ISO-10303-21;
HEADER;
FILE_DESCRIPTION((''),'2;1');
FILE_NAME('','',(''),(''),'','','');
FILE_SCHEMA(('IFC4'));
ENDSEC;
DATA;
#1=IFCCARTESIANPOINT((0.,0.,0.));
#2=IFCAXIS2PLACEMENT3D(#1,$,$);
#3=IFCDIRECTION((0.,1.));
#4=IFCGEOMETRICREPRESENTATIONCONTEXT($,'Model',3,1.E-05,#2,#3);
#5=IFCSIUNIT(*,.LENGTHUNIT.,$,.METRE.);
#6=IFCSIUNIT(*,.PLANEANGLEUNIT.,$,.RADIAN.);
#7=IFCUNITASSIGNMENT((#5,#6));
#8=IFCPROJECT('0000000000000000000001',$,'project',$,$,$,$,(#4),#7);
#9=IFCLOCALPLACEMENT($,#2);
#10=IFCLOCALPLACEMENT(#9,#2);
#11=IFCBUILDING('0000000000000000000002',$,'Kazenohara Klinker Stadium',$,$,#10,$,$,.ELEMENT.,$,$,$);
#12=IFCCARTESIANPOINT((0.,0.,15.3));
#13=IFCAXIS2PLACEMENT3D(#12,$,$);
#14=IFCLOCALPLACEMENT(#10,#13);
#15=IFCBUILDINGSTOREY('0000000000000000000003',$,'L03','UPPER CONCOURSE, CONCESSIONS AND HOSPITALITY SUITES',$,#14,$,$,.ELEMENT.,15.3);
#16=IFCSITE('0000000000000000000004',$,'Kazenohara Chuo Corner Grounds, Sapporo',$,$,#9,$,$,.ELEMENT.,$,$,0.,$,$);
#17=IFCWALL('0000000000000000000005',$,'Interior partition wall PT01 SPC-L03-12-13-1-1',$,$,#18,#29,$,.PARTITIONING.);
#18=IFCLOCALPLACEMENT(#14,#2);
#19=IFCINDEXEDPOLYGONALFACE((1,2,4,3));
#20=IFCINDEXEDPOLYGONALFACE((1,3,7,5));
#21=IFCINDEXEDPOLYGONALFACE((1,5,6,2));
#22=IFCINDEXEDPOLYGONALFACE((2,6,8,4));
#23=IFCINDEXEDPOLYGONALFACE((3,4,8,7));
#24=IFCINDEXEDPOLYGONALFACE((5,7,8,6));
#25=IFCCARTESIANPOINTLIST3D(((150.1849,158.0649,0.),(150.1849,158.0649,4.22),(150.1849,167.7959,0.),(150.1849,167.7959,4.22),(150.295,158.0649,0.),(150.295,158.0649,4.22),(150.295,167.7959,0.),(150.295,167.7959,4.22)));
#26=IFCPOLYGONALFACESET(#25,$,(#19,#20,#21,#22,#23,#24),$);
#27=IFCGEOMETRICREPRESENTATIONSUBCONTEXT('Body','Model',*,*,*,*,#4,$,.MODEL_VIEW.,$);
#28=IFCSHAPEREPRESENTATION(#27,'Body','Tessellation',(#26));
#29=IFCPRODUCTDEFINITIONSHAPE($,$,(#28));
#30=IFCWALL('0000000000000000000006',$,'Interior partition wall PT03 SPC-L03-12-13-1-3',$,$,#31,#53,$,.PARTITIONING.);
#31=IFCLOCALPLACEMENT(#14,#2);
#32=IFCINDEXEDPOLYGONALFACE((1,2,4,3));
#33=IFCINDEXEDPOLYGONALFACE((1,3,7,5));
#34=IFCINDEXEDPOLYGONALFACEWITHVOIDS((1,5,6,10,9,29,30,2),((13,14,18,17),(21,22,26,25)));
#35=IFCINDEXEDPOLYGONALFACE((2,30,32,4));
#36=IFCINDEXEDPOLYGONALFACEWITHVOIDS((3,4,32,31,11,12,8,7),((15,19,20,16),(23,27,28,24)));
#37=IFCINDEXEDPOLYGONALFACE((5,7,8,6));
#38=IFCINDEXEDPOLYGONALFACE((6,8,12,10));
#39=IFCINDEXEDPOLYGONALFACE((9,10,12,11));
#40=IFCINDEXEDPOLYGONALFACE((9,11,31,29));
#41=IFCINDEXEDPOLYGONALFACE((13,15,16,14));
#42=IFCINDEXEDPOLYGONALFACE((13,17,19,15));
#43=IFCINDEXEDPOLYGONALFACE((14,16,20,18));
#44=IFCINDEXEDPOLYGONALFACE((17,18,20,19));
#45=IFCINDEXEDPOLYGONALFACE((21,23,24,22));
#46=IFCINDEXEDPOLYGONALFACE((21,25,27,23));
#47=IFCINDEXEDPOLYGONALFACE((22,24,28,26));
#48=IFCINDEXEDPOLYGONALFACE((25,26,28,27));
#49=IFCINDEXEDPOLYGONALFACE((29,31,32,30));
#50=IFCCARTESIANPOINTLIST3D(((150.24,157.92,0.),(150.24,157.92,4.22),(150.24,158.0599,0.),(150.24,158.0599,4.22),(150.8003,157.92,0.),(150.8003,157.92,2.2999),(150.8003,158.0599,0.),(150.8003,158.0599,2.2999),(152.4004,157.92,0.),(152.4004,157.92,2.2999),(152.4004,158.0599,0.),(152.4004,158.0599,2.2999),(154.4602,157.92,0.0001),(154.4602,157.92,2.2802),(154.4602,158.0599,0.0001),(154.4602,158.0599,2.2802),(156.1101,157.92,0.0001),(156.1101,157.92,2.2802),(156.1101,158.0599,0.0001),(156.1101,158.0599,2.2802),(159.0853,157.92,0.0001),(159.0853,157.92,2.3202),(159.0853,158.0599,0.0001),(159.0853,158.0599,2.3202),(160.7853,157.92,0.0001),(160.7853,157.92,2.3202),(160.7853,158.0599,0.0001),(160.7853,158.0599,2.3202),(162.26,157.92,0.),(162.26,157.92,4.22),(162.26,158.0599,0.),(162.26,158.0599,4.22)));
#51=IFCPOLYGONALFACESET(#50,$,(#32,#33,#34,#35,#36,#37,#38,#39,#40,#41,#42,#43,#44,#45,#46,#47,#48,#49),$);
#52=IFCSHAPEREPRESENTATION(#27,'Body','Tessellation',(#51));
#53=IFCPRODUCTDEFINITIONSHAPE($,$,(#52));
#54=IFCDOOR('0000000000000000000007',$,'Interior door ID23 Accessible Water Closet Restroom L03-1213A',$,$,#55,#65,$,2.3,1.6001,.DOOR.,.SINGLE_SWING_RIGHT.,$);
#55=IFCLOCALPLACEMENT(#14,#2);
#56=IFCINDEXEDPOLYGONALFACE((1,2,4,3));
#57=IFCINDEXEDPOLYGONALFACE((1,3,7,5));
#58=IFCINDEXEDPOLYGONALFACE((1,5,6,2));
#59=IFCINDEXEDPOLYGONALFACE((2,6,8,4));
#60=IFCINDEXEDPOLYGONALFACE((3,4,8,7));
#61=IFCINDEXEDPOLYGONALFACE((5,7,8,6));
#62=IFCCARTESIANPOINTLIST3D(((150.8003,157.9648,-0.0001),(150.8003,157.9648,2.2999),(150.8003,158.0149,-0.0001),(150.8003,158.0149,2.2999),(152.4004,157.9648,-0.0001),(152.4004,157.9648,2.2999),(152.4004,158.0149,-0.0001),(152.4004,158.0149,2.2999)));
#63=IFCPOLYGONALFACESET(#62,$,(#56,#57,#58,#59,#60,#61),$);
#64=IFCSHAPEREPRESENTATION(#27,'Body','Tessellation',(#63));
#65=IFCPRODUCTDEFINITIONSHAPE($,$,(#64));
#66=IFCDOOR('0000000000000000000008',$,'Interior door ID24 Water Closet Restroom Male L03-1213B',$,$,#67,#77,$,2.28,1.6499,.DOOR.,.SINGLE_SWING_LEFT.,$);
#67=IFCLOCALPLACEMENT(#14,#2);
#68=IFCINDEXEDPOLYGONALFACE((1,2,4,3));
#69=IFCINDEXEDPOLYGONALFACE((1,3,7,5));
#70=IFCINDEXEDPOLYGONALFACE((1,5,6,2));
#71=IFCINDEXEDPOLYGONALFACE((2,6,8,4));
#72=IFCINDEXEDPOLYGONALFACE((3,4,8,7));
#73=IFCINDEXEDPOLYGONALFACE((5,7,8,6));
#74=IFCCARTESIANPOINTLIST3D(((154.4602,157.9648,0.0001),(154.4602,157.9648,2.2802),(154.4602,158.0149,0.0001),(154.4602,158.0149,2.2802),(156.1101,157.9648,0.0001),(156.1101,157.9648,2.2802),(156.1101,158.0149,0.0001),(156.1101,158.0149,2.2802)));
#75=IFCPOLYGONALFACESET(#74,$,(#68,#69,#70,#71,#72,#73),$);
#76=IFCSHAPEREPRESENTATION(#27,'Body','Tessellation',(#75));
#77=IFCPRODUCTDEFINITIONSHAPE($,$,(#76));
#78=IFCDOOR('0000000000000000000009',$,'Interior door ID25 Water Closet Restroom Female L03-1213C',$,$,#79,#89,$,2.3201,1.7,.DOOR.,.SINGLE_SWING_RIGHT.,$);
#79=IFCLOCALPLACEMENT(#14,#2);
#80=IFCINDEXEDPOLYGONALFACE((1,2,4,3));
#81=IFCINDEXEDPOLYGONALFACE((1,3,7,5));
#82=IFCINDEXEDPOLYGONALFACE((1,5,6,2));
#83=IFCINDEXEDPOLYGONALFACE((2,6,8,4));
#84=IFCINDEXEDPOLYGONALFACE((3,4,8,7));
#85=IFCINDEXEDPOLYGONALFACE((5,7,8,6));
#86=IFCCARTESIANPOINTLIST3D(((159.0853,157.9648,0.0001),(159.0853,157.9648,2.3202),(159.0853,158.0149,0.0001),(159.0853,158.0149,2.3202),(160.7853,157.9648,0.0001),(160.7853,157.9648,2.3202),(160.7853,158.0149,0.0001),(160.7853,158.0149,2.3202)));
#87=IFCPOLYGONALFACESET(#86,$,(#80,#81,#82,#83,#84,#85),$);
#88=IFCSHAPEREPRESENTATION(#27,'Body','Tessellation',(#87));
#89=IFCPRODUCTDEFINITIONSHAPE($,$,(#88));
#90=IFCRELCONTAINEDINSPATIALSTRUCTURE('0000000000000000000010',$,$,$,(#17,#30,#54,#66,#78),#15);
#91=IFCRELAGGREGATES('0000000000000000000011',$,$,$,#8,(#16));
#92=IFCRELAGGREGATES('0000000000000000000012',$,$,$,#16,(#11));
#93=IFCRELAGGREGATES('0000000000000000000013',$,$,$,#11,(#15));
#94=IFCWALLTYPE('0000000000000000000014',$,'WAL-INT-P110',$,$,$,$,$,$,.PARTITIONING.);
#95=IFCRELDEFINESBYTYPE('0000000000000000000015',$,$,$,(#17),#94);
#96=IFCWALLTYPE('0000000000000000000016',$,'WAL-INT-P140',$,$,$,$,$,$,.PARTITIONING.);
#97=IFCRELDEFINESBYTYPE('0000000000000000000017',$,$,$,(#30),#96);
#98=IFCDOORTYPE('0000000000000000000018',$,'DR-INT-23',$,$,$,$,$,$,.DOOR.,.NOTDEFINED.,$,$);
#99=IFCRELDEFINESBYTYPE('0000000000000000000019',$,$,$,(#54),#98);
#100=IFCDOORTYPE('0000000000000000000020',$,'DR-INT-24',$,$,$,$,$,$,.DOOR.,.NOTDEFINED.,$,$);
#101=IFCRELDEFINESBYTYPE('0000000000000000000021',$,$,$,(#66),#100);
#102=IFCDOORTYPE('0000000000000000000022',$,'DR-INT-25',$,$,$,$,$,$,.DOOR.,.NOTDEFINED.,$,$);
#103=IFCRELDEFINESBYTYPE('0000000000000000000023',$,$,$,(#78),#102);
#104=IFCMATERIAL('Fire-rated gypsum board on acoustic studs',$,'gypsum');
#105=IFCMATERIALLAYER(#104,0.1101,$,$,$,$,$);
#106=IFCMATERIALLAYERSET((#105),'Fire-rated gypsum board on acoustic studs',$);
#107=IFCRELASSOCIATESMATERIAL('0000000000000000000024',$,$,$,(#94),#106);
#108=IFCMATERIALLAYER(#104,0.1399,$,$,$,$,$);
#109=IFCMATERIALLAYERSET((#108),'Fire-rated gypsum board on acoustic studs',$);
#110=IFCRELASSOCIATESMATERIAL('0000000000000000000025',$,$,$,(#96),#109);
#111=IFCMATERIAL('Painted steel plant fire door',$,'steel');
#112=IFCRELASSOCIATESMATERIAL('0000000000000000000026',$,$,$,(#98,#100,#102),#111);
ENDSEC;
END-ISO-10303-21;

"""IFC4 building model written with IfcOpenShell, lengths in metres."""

from ifc_helpers import new_model, si_unit, direction, frame, frame_2d, origin, place, context, subcontext, project, spatial, rectangle, extrude, material, layer, layer_set, type_object, element, fill, save


model = new_model("IFC4")

# Units and contexts
model_context = context("Model", 3, precision=1e-05, world=origin(), true_north=direction((0.0, 1.0)))
body_context = subcontext(model_context, "Body", "Model", "MODEL_VIEW")
ifc_project = project(units=[si_unit("LENGTHUNIT", "METRE"), si_unit("PLANEANGLEUNIT", "RADIAN")], contexts=[model_context])

# Site, building, storey
site_placement = place(None, origin())
site = spatial("IfcSite", under=ifc_project, at=site_placement, Name="Kazenohara Chuo Corner Grounds, Sapporo", CompositionType="ELEMENT", RefElevation=0.0)
building_placement = place(site_placement, origin())
building = spatial("IfcBuilding", under=site, at=building_placement, Name="Kazenohara Klinker Stadium", CompositionType="ELEMENT")
storey_placement = place(building_placement, frame((0.0, 0.0, 15.3)))
storey = spatial("IfcBuildingStorey", under=building, at=storey_placement, Name="L03", Description="UPPER CONCOURSE, CONCESSIONS AND HOSPITALITY SUITES", CompositionType="ELEMENT", Elevation=15.3)

# Wall
ifc_material_1 = material(Name="Fire-rated gypsum board on acoustic studs", Category="gypsum")
ifc_layer_1 = layer(ifc_material_1, 0.1101)
ifc_layer_set_1 = layer_set([ifc_layer_1], Name="Fire-rated gypsum board on acoustic studs")
wall_type_1 = type_object("IfcWallType", Name="WAL-INT-P110", PredefinedType="PARTITIONING", material=ifc_layer_set_1)
wall_1_placement = place(storey_placement, frame((150.24, 158.0649, 0.0), z_axis=(0.0, 0.0, 1.0), x_axis=(0.0, 1.0, 0.0)))
element("IfcWall", 1, at=wall_1_placement, inside=storey, type_object=wall_type_1, Name="Interior partition wall PT01 SPC-L03-12-13-1-1", PredefinedType="PARTITIONING", context=body_context, shape_type="SweptSolid", body=[
    extrude(rectangle(XDim=9.731, YDim=0.1101, at=frame_2d((4.8655, 0.0))), origin(), (0.0, 0.0, 1.0), 4.22),
])

# Wall, openings, doors
ifc_layer_2 = layer(ifc_material_1, 0.1399)
ifc_layer_set_2 = layer_set([ifc_layer_2], Name="Fire-rated gypsum board on acoustic studs")
wall_type_2 = type_object("IfcWallType", Name="WAL-INT-P140", PredefinedType="PARTITIONING", material=ifc_layer_set_2)
wall_2_placement = place(storey_placement, frame((150.24, 157.99, 0.0), z_axis=(0.0, 0.0, 1.0), x_axis=(1.0, 0.0, 0.0)))
wall_2 = element("IfcWall", 2, at=wall_2_placement, inside=storey, type_object=wall_type_2, Name="Interior partition wall PT03 SPC-L03-12-13-1-3", PredefinedType="PARTITIONING", context=body_context, shape_type="SweptSolid", body=[
    extrude(rectangle(XDim=12.02, YDim=0.1399, at=frame_2d((6.01, 0.0))), origin(), (0.0, 0.0, 1.0), 4.22),
])
opening_1_placement = place(wall_2_placement, frame((0.5603, 0.0, 0.0)))
opening_1 = element("IfcOpeningElement", 3, at=opening_1_placement, cuts=wall_2, PredefinedType="OPENING", context=body_context, shape_type="SweptSolid", body=[
    extrude(rectangle(XDim=1.6001, YDim=2.3, at=frame_2d((0.8, 1.1499))), frame((0.0, 0.0801, 0.0), z_axis=(0.0, -1.0, 0.0), x_axis=(1.0, 0.0, 0.0)), (0.0, 0.0, 1.0), 0.1599),
])
opening_2_placement = place(wall_2_placement, frame((4.2202, 0.0, 0.0)))
opening_2 = element("IfcOpeningElement", 4, at=opening_2_placement, cuts=wall_2, PredefinedType="OPENING", context=body_context, shape_type="SweptSolid", body=[
    extrude(rectangle(XDim=1.6499, YDim=2.28, at=frame_2d((0.825, 1.1401))), frame((0.0, 0.0801, 0.0), z_axis=(0.0, -1.0, 0.0), x_axis=(1.0, 0.0, 0.0)), (0.0, 0.0, 1.0), 0.1599),
])
opening_3_placement = place(wall_2_placement, frame((8.8452, 0.0, 0.0)))
opening_3 = element("IfcOpeningElement", 5, at=opening_3_placement, cuts=wall_2, PredefinedType="OPENING", context=body_context, shape_type="SweptSolid", body=[
    extrude(rectangle(XDim=1.7, YDim=2.3201, at=frame_2d((0.8501, 1.1602))), frame((0.0, 0.0801, 0.0), z_axis=(0.0, -1.0, 0.0), x_axis=(1.0, 0.0, 0.0)), (0.0, 0.0, 1.0), 0.1599),
])
ifc_material_2 = material(Name="Painted steel plant fire door", Category="steel")
door_type_1 = type_object("IfcDoorType", Name="DR-INT-23", OperationType="NOTDEFINED", PredefinedType="DOOR", material=ifc_material_2)
door_1_placement = place(opening_1_placement, origin())
door_1 = element("IfcDoor", 6, at=door_1_placement, inside=storey, type_object=door_type_1, Name="Interior door ID23 Accessible Water Closet Restroom L03-1213A", OperationType="SINGLE_SWING_RIGHT", OverallHeight=2.3, OverallWidth=1.6001, PredefinedType="DOOR", context=body_context, shape_type="SweptSolid", body=[
    extrude(rectangle(XDim=1.6001, YDim=2.3, at=frame_2d((0.8, 1.1499))), frame((0.0, 0.0249, 0.0), z_axis=(0.0, -1.0, 0.0), x_axis=(1.0, 0.0, 0.0)), (0.0, 0.0, 1.0), 0.05),
])
fill(opening_1, door_1)
door_type_2 = type_object("IfcDoorType", Name="DR-INT-24", OperationType="NOTDEFINED", PredefinedType="DOOR", material=ifc_material_2)
door_2_placement = place(opening_2_placement, origin())
door_2 = element("IfcDoor", 7, at=door_2_placement, inside=storey, type_object=door_type_2, Name="Interior door ID24 Water Closet Restroom Male L03-1213B", OperationType="SINGLE_SWING_LEFT", OverallHeight=2.28, OverallWidth=1.6499, PredefinedType="DOOR", context=body_context, shape_type="SweptSolid", body=[
    extrude(rectangle(XDim=1.6499, YDim=2.28, at=frame_2d((0.825, 1.1401))), frame((0.0, 0.0249, 0.0), z_axis=(0.0, -1.0, 0.0), x_axis=(1.0, 0.0, 0.0)), (0.0, 0.0, 1.0), 0.05),
])
fill(opening_2, door_2)
door_type_3 = type_object("IfcDoorType", Name="DR-INT-25", OperationType="NOTDEFINED", PredefinedType="DOOR", material=ifc_material_2)
door_3_placement = place(opening_3_placement, origin())
door_3 = element("IfcDoor", 8, at=door_3_placement, inside=storey, type_object=door_type_3, Name="Interior door ID25 Water Closet Restroom Female L03-1213C", OperationType="SINGLE_SWING_RIGHT", OverallHeight=2.3201, OverallWidth=1.7, PredefinedType="DOOR", context=body_context, shape_type="SweptSolid", body=[
    extrude(rectangle(XDim=1.7, YDim=2.3201, at=frame_2d((0.8501, 1.1602))), frame((0.0, 0.0249, 0.0), z_axis=(0.0, -1.0, 0.0), x_axis=(1.0, 0.0, 0.0)), (0.0, 0.0, 1.0), 0.05),
])
fill(opening_3, door_3)

save(model, "model.ifc")
